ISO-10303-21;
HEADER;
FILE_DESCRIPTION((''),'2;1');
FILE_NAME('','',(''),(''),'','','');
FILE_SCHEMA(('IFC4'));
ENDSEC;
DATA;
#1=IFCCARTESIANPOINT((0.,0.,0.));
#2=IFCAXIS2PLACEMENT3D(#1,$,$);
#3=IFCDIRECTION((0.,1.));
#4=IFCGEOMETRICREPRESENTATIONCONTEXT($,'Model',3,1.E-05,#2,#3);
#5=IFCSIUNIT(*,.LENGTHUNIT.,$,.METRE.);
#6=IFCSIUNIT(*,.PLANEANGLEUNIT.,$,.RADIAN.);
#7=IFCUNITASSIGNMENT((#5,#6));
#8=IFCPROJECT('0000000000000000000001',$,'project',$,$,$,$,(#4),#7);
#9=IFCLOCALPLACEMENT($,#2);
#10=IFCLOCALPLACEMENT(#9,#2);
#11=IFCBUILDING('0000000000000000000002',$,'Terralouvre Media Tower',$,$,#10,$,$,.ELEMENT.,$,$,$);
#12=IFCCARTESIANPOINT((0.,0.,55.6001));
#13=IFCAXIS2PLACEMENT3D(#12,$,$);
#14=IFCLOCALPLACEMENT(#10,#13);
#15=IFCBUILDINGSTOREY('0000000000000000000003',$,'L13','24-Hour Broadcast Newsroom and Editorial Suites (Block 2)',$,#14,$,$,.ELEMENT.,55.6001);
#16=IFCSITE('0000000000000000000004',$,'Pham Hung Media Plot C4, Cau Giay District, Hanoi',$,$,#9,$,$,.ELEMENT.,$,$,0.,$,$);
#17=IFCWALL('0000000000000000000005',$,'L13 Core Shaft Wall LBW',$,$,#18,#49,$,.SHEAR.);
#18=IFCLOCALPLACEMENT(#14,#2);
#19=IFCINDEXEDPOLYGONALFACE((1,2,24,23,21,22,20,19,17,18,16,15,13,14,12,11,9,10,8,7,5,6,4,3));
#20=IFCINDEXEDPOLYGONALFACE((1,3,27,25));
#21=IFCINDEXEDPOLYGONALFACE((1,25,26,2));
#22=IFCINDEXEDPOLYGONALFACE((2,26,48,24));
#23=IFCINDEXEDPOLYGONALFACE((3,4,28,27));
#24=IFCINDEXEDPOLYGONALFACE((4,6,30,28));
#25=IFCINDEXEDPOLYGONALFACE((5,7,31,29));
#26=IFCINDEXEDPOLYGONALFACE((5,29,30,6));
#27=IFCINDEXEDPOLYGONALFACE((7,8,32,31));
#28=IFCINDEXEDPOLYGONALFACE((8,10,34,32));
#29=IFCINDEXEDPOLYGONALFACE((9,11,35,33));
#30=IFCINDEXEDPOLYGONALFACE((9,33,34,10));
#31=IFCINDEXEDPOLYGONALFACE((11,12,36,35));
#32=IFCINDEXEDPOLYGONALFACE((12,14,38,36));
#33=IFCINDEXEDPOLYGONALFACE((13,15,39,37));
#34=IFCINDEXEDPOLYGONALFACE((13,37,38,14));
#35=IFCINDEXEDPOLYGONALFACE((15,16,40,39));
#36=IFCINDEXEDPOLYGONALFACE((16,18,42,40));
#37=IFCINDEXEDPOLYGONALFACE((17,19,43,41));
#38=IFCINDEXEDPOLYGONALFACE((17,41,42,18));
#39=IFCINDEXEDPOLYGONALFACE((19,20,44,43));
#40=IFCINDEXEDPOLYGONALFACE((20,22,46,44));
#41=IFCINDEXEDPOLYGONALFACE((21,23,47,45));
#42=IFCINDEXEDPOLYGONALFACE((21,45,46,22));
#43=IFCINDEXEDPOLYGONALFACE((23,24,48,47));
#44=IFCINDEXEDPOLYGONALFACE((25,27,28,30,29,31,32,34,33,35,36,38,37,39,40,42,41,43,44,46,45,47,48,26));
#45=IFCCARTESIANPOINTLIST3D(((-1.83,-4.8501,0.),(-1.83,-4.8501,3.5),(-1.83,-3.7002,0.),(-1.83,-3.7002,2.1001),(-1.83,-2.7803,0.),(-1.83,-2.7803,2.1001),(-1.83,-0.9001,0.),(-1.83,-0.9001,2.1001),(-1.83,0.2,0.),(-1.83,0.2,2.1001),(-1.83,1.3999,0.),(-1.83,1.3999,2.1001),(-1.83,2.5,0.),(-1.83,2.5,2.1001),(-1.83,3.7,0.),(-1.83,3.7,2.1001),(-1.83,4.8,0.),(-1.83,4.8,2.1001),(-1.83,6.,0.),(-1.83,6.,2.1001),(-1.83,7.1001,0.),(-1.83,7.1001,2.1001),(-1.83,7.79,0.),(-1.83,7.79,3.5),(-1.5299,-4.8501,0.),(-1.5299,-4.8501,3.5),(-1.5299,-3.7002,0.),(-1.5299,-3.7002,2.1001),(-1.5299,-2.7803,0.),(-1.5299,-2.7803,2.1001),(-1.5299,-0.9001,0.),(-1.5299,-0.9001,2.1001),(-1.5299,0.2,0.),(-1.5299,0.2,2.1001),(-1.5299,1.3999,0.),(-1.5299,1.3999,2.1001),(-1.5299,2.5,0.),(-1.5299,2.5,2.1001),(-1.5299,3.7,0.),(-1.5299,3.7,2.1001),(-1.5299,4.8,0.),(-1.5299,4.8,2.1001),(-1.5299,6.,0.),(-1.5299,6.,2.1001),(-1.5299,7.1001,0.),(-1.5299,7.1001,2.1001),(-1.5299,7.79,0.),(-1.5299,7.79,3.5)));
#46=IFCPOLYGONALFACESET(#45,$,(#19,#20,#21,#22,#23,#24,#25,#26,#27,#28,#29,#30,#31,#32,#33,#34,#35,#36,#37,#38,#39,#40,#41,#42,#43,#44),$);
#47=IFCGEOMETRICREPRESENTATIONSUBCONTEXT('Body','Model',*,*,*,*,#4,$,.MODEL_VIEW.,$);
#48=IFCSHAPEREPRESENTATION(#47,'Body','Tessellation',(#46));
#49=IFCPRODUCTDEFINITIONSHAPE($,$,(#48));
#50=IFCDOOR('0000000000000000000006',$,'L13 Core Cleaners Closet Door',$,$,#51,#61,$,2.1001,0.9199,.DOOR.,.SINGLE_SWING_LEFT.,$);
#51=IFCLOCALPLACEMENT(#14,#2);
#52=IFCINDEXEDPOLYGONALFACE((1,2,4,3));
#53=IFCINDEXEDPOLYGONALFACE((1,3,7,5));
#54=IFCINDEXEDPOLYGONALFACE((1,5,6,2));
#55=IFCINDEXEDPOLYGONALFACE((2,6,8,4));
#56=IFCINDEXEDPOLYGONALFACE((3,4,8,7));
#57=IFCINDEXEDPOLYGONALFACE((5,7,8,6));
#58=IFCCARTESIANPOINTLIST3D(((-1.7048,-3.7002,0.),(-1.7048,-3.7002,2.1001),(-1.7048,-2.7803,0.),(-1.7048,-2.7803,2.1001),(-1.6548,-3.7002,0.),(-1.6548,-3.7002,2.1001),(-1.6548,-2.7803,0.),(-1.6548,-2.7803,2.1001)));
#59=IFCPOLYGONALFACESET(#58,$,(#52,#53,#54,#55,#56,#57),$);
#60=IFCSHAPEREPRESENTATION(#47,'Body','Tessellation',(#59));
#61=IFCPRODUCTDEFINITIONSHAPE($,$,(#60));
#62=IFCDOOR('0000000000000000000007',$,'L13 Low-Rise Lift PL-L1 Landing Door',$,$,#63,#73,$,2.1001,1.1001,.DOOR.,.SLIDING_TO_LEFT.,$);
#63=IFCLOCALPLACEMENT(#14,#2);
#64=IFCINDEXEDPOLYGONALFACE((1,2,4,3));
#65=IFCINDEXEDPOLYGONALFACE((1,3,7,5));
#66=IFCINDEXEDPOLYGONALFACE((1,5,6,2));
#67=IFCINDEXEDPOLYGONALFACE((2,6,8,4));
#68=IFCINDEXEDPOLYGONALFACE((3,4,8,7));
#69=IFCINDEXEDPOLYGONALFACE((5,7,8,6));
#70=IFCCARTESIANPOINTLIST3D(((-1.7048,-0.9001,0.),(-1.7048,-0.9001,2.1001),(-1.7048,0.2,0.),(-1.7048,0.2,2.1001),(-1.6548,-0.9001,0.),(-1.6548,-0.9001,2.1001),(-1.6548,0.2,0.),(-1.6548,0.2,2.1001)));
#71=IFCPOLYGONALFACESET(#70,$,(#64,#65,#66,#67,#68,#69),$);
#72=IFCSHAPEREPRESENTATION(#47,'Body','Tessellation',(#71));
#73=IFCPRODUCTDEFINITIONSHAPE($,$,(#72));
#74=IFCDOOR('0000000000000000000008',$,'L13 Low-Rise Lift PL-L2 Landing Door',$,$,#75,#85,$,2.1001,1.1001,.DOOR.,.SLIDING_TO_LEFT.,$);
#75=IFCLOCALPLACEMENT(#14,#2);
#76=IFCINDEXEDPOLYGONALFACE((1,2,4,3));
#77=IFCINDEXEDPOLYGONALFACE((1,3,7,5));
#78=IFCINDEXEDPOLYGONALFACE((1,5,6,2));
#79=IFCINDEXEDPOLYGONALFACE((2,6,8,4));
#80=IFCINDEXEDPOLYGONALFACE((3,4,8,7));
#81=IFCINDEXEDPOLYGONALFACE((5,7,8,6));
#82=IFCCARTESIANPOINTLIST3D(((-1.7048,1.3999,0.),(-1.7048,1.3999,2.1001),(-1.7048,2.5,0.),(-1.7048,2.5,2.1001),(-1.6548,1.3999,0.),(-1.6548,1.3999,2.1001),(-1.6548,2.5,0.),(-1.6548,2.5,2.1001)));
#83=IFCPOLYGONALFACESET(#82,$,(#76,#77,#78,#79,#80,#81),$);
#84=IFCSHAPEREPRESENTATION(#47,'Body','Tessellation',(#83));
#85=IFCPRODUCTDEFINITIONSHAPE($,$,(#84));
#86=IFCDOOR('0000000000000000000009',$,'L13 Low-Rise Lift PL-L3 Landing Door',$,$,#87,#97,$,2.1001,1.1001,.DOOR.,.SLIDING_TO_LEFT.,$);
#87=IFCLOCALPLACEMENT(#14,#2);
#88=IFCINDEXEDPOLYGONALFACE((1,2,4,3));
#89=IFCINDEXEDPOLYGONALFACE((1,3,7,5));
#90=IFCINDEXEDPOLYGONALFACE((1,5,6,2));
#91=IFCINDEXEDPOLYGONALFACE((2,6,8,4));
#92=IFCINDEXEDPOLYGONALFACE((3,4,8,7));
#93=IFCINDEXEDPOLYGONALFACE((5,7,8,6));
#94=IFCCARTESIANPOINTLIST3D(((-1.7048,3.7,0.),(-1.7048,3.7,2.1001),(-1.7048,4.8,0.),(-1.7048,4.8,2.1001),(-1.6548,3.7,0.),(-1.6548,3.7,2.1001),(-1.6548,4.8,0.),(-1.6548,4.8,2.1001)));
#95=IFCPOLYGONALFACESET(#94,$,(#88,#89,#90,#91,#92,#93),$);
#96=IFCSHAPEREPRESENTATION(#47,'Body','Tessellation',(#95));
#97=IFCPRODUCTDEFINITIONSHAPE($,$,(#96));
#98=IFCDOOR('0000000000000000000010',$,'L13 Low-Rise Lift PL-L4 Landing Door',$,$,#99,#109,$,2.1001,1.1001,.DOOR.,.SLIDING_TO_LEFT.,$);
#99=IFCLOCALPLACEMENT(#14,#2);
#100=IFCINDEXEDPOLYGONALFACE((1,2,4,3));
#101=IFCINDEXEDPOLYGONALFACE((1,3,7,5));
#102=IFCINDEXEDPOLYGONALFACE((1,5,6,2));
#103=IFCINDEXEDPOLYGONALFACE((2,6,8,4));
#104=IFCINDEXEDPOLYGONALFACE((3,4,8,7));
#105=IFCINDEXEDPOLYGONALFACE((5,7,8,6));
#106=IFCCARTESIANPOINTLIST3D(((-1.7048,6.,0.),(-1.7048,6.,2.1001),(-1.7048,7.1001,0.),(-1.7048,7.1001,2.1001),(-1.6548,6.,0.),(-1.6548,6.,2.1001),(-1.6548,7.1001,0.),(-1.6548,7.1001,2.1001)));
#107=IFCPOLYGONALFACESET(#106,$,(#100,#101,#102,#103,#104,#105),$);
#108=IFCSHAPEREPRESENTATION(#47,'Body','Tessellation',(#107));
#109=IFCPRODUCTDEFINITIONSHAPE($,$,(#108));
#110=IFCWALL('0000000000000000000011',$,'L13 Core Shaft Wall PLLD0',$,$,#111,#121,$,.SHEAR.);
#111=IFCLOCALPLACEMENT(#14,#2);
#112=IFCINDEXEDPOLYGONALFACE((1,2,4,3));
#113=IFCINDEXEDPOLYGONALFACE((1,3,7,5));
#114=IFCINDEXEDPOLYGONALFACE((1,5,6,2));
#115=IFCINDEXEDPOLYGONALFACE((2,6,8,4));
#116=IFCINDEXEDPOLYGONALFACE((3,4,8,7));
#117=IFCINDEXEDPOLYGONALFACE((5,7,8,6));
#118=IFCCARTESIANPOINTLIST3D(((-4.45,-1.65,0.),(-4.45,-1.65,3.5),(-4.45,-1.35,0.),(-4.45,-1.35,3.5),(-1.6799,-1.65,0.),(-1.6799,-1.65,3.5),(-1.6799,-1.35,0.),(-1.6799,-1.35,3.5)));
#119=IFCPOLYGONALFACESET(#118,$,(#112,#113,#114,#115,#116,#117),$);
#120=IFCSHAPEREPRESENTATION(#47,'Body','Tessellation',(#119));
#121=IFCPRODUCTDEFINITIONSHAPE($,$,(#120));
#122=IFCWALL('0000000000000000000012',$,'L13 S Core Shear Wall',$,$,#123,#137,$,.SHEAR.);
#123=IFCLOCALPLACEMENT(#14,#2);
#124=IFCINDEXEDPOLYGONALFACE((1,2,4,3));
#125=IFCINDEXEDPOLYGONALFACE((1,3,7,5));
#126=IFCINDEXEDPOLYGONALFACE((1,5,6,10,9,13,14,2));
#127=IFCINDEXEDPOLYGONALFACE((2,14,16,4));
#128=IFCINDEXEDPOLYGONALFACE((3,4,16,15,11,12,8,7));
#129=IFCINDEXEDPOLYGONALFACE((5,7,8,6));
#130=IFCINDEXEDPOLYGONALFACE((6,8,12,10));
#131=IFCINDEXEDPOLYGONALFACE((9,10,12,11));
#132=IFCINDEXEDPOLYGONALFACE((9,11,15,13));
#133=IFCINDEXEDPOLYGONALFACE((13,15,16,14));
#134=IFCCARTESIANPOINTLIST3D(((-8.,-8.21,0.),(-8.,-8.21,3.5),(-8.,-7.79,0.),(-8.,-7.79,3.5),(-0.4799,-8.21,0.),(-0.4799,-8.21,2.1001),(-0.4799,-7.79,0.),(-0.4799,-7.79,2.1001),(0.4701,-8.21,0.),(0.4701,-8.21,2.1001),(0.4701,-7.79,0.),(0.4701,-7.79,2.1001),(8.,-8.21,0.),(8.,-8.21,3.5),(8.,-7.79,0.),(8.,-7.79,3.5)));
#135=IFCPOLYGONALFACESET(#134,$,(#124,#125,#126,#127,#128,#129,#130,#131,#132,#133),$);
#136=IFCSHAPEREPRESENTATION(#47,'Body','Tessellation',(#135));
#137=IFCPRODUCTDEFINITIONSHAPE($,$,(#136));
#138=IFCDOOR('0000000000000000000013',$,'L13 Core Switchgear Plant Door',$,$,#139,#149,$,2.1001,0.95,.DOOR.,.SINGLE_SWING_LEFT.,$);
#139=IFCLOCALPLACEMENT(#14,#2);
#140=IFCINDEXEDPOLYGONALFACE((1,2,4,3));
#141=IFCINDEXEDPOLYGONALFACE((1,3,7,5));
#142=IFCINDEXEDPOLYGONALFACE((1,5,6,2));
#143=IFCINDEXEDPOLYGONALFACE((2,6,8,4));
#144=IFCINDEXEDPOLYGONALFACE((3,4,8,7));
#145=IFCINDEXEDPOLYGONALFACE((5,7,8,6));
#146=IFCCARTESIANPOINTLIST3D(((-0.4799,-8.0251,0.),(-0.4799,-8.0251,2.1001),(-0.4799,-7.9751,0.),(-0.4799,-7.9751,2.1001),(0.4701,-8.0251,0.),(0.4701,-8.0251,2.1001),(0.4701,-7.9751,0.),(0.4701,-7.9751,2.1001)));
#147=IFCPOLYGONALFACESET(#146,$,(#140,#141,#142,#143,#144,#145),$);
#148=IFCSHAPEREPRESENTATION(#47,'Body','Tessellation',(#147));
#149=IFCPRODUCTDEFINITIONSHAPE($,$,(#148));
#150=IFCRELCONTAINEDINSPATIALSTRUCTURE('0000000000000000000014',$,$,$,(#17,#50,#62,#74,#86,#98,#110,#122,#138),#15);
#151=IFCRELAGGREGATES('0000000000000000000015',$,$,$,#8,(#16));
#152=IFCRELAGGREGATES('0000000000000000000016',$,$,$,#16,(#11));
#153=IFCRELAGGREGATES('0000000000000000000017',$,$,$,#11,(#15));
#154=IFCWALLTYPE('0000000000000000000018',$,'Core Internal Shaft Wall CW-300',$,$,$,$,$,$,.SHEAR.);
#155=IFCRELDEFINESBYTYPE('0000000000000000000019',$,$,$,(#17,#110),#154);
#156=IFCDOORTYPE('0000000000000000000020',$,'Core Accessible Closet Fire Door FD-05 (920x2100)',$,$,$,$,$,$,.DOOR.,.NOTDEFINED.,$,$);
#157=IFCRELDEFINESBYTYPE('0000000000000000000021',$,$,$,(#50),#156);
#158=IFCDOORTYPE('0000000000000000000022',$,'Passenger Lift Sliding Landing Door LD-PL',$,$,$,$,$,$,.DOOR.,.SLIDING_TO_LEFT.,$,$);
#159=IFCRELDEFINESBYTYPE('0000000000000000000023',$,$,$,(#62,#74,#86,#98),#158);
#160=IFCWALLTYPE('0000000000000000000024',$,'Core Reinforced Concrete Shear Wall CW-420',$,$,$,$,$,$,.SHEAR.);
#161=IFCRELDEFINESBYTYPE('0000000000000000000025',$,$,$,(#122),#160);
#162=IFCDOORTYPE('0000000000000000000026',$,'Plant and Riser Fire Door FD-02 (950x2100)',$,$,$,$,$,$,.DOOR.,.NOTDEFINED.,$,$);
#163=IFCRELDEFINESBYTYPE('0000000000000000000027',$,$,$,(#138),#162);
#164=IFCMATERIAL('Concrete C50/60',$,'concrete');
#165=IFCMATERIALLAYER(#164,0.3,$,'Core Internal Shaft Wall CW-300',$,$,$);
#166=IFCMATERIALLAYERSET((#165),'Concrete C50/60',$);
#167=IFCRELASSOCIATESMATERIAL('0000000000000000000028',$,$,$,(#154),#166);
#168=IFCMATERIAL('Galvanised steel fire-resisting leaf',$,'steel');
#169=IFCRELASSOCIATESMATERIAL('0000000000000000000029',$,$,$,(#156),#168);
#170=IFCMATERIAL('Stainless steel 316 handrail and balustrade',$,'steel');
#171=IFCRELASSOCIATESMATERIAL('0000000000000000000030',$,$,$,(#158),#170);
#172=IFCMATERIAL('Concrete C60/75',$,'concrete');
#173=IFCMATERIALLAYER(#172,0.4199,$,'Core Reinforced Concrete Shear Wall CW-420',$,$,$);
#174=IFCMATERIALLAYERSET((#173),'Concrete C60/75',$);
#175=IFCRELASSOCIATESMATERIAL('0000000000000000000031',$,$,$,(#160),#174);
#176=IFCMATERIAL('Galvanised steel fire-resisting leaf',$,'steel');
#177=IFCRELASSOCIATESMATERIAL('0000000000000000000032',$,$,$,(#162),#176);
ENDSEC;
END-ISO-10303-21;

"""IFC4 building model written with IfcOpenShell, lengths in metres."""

from ifc_helpers import new_model, si_unit, direction, frame, frame_2d, origin, place, context, subcontext, project, spatial, rectangle, extrude, material, layer, layer_set, type_object, element, fill, save


model = new_model("IFC4")

# Units and contexts
model_context = context("Model", 3, precision=1e-05, world=origin(), true_north=direction((0.0, 1.0)))
body_context = subcontext(model_context, "Body", "Model", "MODEL_VIEW")
ifc_project = project(units=[si_unit("LENGTHUNIT", "METRE"), si_unit("PLANEANGLEUNIT", "RADIAN")], contexts=[model_context])

# Site, building, storey
site_placement = place(None, origin())
site = spatial("IfcSite", under=ifc_project, at=site_placement, Name="Pham Hung Media Plot C4, Cau Giay District, Hanoi", CompositionType="ELEMENT", RefElevation=0.0)
building_placement = place(site_placement, origin())
building = spatial("IfcBuilding", under=site, at=building_placement, Name="Terralouvre Media Tower", CompositionType="ELEMENT")
storey_placement = place(building_placement, frame((0.0, 0.0, 55.6001)))
storey = spatial("IfcBuildingStorey", under=building, at=storey_placement, Name="L13", Description="24-Hour Broadcast Newsroom and Editorial Suites (Block 2)", CompositionType="ELEMENT", Elevation=55.6001)

# Shared definitions
ifc_material_1 = material(Name="Concrete C50/60", Category="concrete")
ifc_layer_1 = layer(ifc_material_1, 0.3, Name="Core Internal Shaft Wall CW-300")
ifc_layer_set_1 = layer_set([ifc_layer_1], Name="Concrete C50/60")
wall_type_1 = type_object("IfcWallType", Name="Core Internal Shaft Wall CW-300", PredefinedType="SHEAR", material=ifc_layer_set_1)

# Wall, openings, doors
wall_1_placement = place(storey_placement, frame((-1.6799, -4.8501, 0.0), z_axis=(0.0, 0.0, 1.0), x_axis=(0.0, 1.0, 0.0)))
wall_1 = element("IfcWall", 1, at=wall_1_placement, inside=storey, type_object=wall_type_1, Name="L13 Core Shaft Wall LBW", PredefinedType="SHEAR", context=body_context, shape_type="SweptSolid", body=[
    extrude(rectangle(XDim=12.6401, YDim=0.3, at=frame_2d((6.3201, 0.0))), origin(), (0.0, 0.0, 1.0), 3.5),
])
opening_1_placement = place(wall_1_placement, frame((3.95, 0.0, 0.0)))
opening_1 = element("IfcOpeningElement", 2, at=opening_1_placement, cuts=wall_1, PredefinedType="OPENING", context=body_context, shape_type="SweptSolid", body=[
    extrude(rectangle(XDim=1.1001, YDim=2.1001, at=frame_2d((0.55, 1.05))), frame((0.0, 0.1599, 0.0), z_axis=(0.0, -1.0, 0.0), x_axis=(1.0, 0.0, 0.0)), (0.0, 0.0, 1.0), 0.3201),
])
opening_2_placement = place(wall_1_placement, frame((6.25, 0.0, 0.0)))
opening_2 = element("IfcOpeningElement", 3, at=opening_2_placement, cuts=wall_1, PredefinedType="OPENING", context=body_context, shape_type="SweptSolid", body=[
    extrude(rectangle(XDim=1.1001, YDim=2.1001, at=frame_2d((0.55, 1.05))), frame((0.0, 0.1599, 0.0), z_axis=(0.0, -1.0, 0.0), x_axis=(1.0, 0.0, 0.0)), (0.0, 0.0, 1.0), 0.3201),
])
opening_3_placement = place(wall_1_placement, frame((8.55, 0.0, 0.0)))
opening_3 = element("IfcOpeningElement", 4, at=opening_3_placement, cuts=wall_1, PredefinedType="OPENING", context=body_context, shape_type="SweptSolid", body=[
    extrude(rectangle(XDim=1.1001, YDim=2.1001, at=frame_2d((0.55, 1.05))), frame((0.0, 0.1599, 0.0), z_axis=(0.0, -1.0, 0.0), x_axis=(1.0, 0.0, 0.0)), (0.0, 0.0, 1.0), 0.3201),
])
opening_4_placement = place(wall_1_placement, frame((10.8501, 0.0, 0.0)))
opening_4 = element("IfcOpeningElement", 5, at=opening_4_placement, cuts=wall_1, PredefinedType="OPENING", context=body_context, shape_type="SweptSolid", body=[
    extrude(rectangle(XDim=1.1001, YDim=2.1001, at=frame_2d((0.55, 1.05))), frame((0.0, 0.1599, 0.0), z_axis=(0.0, -1.0, 0.0), x_axis=(1.0, 0.0, 0.0)), (0.0, 0.0, 1.0), 0.3201),
])
opening_5_placement = place(wall_1_placement, frame((1.1499, 0.0, 0.0)))
opening_5 = element("IfcOpeningElement", 6, at=opening_5_placement, cuts=wall_1, PredefinedType="OPENING", context=body_context, shape_type="SweptSolid", body=[
    extrude(rectangle(XDim=0.9199, YDim=2.1001, at=frame_2d((0.46, 1.05))), frame((0.0, 0.1599, 0.0), z_axis=(0.0, -1.0, 0.0), x_axis=(1.0, 0.0, 0.0)), (0.0, 0.0, 1.0), 0.3201),
])
ifc_material_2 = material(Name="Galvanised steel fire-resisting leaf", Category="steel")
door_type_1 = type_object("IfcDoorType", Name="Core Accessible Closet Fire Door FD-05 (920x2100)", OperationType="NOTDEFINED", PredefinedType="DOOR", material=ifc_material_2)
door_1_placement = place(opening_5_placement, origin())
door_1 = element("IfcDoor", 7, at=door_1_placement, inside=storey, type_object=door_type_1, Name="L13 Core Cleaners Closet Door", OperationType="SINGLE_SWING_LEFT", OverallHeight=2.1001, OverallWidth=0.9199, PredefinedType="DOOR", context=body_context, shape_type="SweptSolid", body=[
    extrude(rectangle(XDim=0.9199, YDim=2.1001, at=frame_2d((0.46, 1.05))), frame((0.0, 0.0249, 0.0), z_axis=(0.0, -1.0, 0.0), x_axis=(1.0, 0.0, 0.0)), (0.0, 0.0, 1.0), 0.05),
])
fill(opening_5, door_1)
ifc_material_3 = material(Name="Stainless steel 316 handrail and balustrade", Category="steel")
door_type_2 = type_object("IfcDoorType", Name="Passenger Lift Sliding Landing Door LD-PL", OperationType="SLIDING_TO_LEFT", PredefinedType="DOOR", material=ifc_material_3)
door_2_placement = place(opening_1_placement, origin())
door_2 = element("IfcDoor", 8, at=door_2_placement, inside=storey, type_object=door_type_2, Name="L13 Low-Rise Lift PL-L1 Landing Door", OperationType="SLIDING_TO_LEFT", OverallHeight=2.1001, OverallWidth=1.1001, PredefinedType="DOOR", context=body_context, shape_type="SweptSolid", body=[
    extrude(rectangle(XDim=1.1001, YDim=2.1001, at=frame_2d((0.55, 1.05))), frame((0.0, 0.0249, 0.0), z_axis=(0.0, -1.0, 0.0), x_axis=(1.0, 0.0, 0.0)), (0.0, 0.0, 1.0), 0.05),
])
fill(opening_1, door_2)
door_3_placement = place(opening_2_placement, origin())
door_3 = element("IfcDoor", 9, at=door_3_placement, inside=storey, type_object=door_type_2, Name="L13 Low-Rise Lift PL-L2 Landing Door", OperationType="SLIDING_TO_LEFT", OverallHeight=2.1001, OverallWidth=1.1001, PredefinedType="DOOR", context=body_context, shape_type="SweptSolid", body=[
    extrude(rectangle(XDim=1.1001, YDim=2.1001, at=frame_2d((0.55, 1.05))), frame((0.0, 0.0249, 0.0), z_axis=(0.0, -1.0, 0.0), x_axis=(1.0, 0.0, 0.0)), (0.0, 0.0, 1.0), 0.05),
])
fill(opening_2, door_3)
door_4_placement = place(opening_3_placement, origin())
door_4 = element("IfcDoor", 10, at=door_4_placement, inside=storey, type_object=door_type_2, Name="L13 Low-Rise Lift PL-L3 Landing Door", OperationType="SLIDING_TO_LEFT", OverallHeight=2.1001, OverallWidth=1.1001, PredefinedType="DOOR", context=body_context, shape_type="SweptSolid", body=[
    extrude(rectangle(XDim=1.1001, YDim=2.1001, at=frame_2d((0.55, 1.05))), frame((0.0, 0.0249, 0.0), z_axis=(0.0, -1.0, 0.0), x_axis=(1.0, 0.0, 0.0)), (0.0, 0.0, 1.0), 0.05),
])
fill(opening_3, door_4)
door_5_placement = place(opening_4_placement, origin())
door_5 = element("IfcDoor", 11, at=door_5_placement, inside=storey, type_object=door_type_2, Name="L13 Low-Rise Lift PL-L4 Landing Door", OperationType="SLIDING_TO_LEFT", OverallHeight=2.1001, OverallWidth=1.1001, PredefinedType="DOOR", context=body_context, shape_type="SweptSolid", body=[
    extrude(rectangle(XDim=1.1001, YDim=2.1001, at=frame_2d((0.55, 1.05))), frame((0.0, 0.0249, 0.0), z_axis=(0.0, -1.0, 0.0), x_axis=(1.0, 0.0, 0.0)), (0.0, 0.0, 1.0), 0.05),
])
fill(opening_4, door_5)

# Wall
wall_2_placement = place(storey_placement, frame((-4.45, -1.5, 0.0), z_axis=(0.0, 0.0, 1.0), x_axis=(1.0, 0.0, 0.0)))
element("IfcWall", 12, at=wall_2_placement, inside=storey, type_object=wall_type_1, Name="L13 Core Shaft Wall PLLD0", PredefinedType="SHEAR", context=body_context, shape_type="SweptSolid", body=[
    extrude(rectangle(XDim=2.77, YDim=0.3, at=frame_2d((1.385, 0.0))), origin(), (0.0, 0.0, 1.0), 3.5),
])

# Wall, opening, door
ifc_material_4 = material(Name="Concrete C60/75", Category="concrete")
ifc_layer_2 = layer(ifc_material_4, 0.4199, Name="Core Reinforced Concrete Shear Wall CW-420")
ifc_layer_set_2 = layer_set([ifc_layer_2], Name="Concrete C60/75")
wall_type_2 = type_object("IfcWallType", Name="Core Reinforced Concrete Shear Wall CW-420", PredefinedType="SHEAR", material=ifc_layer_set_2)
wall_3_placement = place(storey_placement, frame((-8.0, -8.0, 0.0), z_axis=(0.0, 0.0, 1.0), x_axis=(1.0, 0.0, 0.0)))
wall_3 = element("IfcWall", 13, at=wall_3_placement, inside=storey, type_object=wall_type_2, Name="L13 S Core Shear Wall", PredefinedType="SHEAR", context=body_context, shape_type="SweptSolid", body=[
    extrude(rectangle(XDim=16.0, YDim=0.4199, at=frame_2d((8.0, 0.0))), origin(), (0.0, 0.0, 1.0), 3.5),
])
opening_6_placement = place(wall_3_placement, frame((7.52, 0.0, 0.0)))
opening_6 = element("IfcOpeningElement", 14, at=opening_6_placement, cuts=wall_3, PredefinedType="OPENING", context=body_context, shape_type="SweptSolid", body=[
    extrude(rectangle(XDim=0.95, YDim=2.1001, at=frame_2d((0.4751, 1.05))), frame((0.0, 0.22, 0.0), z_axis=(0.0, -1.0, 0.0), x_axis=(1.0, 0.0, 0.0)), (0.0, 0.0, 1.0), 0.4399),
])
ifc_material_5 = material(Name="Galvanised steel fire-resisting leaf", Category="steel")
door_type_3 = type_object("IfcDoorType", Name="Plant and Riser Fire Door FD-02 (950x2100)", OperationType="NOTDEFINED", PredefinedType="DOOR", material=ifc_material_5)
door_6_placement = place(opening_6_placement, origin())
door_6 = element("IfcDoor", 15, at=door_6_placement, inside=storey, type_object=door_type_3, Name="L13 Core Switchgear Plant Door", OperationType="SINGLE_SWING_LEFT", OverallHeight=2.1001, OverallWidth=0.95, PredefinedType="DOOR", context=body_context, shape_type="SweptSolid", body=[
    extrude(rectangle(XDim=0.95, YDim=2.1001, at=frame_2d((0.4751, 1.05))), frame((0.0, 0.0249, 0.0), z_axis=(0.0, -1.0, 0.0), x_axis=(1.0, 0.0, 0.0)), (0.0, 0.0, 1.0), 0.05),
])
fill(opening_6, door_6)

save(model, "model.ifc")
